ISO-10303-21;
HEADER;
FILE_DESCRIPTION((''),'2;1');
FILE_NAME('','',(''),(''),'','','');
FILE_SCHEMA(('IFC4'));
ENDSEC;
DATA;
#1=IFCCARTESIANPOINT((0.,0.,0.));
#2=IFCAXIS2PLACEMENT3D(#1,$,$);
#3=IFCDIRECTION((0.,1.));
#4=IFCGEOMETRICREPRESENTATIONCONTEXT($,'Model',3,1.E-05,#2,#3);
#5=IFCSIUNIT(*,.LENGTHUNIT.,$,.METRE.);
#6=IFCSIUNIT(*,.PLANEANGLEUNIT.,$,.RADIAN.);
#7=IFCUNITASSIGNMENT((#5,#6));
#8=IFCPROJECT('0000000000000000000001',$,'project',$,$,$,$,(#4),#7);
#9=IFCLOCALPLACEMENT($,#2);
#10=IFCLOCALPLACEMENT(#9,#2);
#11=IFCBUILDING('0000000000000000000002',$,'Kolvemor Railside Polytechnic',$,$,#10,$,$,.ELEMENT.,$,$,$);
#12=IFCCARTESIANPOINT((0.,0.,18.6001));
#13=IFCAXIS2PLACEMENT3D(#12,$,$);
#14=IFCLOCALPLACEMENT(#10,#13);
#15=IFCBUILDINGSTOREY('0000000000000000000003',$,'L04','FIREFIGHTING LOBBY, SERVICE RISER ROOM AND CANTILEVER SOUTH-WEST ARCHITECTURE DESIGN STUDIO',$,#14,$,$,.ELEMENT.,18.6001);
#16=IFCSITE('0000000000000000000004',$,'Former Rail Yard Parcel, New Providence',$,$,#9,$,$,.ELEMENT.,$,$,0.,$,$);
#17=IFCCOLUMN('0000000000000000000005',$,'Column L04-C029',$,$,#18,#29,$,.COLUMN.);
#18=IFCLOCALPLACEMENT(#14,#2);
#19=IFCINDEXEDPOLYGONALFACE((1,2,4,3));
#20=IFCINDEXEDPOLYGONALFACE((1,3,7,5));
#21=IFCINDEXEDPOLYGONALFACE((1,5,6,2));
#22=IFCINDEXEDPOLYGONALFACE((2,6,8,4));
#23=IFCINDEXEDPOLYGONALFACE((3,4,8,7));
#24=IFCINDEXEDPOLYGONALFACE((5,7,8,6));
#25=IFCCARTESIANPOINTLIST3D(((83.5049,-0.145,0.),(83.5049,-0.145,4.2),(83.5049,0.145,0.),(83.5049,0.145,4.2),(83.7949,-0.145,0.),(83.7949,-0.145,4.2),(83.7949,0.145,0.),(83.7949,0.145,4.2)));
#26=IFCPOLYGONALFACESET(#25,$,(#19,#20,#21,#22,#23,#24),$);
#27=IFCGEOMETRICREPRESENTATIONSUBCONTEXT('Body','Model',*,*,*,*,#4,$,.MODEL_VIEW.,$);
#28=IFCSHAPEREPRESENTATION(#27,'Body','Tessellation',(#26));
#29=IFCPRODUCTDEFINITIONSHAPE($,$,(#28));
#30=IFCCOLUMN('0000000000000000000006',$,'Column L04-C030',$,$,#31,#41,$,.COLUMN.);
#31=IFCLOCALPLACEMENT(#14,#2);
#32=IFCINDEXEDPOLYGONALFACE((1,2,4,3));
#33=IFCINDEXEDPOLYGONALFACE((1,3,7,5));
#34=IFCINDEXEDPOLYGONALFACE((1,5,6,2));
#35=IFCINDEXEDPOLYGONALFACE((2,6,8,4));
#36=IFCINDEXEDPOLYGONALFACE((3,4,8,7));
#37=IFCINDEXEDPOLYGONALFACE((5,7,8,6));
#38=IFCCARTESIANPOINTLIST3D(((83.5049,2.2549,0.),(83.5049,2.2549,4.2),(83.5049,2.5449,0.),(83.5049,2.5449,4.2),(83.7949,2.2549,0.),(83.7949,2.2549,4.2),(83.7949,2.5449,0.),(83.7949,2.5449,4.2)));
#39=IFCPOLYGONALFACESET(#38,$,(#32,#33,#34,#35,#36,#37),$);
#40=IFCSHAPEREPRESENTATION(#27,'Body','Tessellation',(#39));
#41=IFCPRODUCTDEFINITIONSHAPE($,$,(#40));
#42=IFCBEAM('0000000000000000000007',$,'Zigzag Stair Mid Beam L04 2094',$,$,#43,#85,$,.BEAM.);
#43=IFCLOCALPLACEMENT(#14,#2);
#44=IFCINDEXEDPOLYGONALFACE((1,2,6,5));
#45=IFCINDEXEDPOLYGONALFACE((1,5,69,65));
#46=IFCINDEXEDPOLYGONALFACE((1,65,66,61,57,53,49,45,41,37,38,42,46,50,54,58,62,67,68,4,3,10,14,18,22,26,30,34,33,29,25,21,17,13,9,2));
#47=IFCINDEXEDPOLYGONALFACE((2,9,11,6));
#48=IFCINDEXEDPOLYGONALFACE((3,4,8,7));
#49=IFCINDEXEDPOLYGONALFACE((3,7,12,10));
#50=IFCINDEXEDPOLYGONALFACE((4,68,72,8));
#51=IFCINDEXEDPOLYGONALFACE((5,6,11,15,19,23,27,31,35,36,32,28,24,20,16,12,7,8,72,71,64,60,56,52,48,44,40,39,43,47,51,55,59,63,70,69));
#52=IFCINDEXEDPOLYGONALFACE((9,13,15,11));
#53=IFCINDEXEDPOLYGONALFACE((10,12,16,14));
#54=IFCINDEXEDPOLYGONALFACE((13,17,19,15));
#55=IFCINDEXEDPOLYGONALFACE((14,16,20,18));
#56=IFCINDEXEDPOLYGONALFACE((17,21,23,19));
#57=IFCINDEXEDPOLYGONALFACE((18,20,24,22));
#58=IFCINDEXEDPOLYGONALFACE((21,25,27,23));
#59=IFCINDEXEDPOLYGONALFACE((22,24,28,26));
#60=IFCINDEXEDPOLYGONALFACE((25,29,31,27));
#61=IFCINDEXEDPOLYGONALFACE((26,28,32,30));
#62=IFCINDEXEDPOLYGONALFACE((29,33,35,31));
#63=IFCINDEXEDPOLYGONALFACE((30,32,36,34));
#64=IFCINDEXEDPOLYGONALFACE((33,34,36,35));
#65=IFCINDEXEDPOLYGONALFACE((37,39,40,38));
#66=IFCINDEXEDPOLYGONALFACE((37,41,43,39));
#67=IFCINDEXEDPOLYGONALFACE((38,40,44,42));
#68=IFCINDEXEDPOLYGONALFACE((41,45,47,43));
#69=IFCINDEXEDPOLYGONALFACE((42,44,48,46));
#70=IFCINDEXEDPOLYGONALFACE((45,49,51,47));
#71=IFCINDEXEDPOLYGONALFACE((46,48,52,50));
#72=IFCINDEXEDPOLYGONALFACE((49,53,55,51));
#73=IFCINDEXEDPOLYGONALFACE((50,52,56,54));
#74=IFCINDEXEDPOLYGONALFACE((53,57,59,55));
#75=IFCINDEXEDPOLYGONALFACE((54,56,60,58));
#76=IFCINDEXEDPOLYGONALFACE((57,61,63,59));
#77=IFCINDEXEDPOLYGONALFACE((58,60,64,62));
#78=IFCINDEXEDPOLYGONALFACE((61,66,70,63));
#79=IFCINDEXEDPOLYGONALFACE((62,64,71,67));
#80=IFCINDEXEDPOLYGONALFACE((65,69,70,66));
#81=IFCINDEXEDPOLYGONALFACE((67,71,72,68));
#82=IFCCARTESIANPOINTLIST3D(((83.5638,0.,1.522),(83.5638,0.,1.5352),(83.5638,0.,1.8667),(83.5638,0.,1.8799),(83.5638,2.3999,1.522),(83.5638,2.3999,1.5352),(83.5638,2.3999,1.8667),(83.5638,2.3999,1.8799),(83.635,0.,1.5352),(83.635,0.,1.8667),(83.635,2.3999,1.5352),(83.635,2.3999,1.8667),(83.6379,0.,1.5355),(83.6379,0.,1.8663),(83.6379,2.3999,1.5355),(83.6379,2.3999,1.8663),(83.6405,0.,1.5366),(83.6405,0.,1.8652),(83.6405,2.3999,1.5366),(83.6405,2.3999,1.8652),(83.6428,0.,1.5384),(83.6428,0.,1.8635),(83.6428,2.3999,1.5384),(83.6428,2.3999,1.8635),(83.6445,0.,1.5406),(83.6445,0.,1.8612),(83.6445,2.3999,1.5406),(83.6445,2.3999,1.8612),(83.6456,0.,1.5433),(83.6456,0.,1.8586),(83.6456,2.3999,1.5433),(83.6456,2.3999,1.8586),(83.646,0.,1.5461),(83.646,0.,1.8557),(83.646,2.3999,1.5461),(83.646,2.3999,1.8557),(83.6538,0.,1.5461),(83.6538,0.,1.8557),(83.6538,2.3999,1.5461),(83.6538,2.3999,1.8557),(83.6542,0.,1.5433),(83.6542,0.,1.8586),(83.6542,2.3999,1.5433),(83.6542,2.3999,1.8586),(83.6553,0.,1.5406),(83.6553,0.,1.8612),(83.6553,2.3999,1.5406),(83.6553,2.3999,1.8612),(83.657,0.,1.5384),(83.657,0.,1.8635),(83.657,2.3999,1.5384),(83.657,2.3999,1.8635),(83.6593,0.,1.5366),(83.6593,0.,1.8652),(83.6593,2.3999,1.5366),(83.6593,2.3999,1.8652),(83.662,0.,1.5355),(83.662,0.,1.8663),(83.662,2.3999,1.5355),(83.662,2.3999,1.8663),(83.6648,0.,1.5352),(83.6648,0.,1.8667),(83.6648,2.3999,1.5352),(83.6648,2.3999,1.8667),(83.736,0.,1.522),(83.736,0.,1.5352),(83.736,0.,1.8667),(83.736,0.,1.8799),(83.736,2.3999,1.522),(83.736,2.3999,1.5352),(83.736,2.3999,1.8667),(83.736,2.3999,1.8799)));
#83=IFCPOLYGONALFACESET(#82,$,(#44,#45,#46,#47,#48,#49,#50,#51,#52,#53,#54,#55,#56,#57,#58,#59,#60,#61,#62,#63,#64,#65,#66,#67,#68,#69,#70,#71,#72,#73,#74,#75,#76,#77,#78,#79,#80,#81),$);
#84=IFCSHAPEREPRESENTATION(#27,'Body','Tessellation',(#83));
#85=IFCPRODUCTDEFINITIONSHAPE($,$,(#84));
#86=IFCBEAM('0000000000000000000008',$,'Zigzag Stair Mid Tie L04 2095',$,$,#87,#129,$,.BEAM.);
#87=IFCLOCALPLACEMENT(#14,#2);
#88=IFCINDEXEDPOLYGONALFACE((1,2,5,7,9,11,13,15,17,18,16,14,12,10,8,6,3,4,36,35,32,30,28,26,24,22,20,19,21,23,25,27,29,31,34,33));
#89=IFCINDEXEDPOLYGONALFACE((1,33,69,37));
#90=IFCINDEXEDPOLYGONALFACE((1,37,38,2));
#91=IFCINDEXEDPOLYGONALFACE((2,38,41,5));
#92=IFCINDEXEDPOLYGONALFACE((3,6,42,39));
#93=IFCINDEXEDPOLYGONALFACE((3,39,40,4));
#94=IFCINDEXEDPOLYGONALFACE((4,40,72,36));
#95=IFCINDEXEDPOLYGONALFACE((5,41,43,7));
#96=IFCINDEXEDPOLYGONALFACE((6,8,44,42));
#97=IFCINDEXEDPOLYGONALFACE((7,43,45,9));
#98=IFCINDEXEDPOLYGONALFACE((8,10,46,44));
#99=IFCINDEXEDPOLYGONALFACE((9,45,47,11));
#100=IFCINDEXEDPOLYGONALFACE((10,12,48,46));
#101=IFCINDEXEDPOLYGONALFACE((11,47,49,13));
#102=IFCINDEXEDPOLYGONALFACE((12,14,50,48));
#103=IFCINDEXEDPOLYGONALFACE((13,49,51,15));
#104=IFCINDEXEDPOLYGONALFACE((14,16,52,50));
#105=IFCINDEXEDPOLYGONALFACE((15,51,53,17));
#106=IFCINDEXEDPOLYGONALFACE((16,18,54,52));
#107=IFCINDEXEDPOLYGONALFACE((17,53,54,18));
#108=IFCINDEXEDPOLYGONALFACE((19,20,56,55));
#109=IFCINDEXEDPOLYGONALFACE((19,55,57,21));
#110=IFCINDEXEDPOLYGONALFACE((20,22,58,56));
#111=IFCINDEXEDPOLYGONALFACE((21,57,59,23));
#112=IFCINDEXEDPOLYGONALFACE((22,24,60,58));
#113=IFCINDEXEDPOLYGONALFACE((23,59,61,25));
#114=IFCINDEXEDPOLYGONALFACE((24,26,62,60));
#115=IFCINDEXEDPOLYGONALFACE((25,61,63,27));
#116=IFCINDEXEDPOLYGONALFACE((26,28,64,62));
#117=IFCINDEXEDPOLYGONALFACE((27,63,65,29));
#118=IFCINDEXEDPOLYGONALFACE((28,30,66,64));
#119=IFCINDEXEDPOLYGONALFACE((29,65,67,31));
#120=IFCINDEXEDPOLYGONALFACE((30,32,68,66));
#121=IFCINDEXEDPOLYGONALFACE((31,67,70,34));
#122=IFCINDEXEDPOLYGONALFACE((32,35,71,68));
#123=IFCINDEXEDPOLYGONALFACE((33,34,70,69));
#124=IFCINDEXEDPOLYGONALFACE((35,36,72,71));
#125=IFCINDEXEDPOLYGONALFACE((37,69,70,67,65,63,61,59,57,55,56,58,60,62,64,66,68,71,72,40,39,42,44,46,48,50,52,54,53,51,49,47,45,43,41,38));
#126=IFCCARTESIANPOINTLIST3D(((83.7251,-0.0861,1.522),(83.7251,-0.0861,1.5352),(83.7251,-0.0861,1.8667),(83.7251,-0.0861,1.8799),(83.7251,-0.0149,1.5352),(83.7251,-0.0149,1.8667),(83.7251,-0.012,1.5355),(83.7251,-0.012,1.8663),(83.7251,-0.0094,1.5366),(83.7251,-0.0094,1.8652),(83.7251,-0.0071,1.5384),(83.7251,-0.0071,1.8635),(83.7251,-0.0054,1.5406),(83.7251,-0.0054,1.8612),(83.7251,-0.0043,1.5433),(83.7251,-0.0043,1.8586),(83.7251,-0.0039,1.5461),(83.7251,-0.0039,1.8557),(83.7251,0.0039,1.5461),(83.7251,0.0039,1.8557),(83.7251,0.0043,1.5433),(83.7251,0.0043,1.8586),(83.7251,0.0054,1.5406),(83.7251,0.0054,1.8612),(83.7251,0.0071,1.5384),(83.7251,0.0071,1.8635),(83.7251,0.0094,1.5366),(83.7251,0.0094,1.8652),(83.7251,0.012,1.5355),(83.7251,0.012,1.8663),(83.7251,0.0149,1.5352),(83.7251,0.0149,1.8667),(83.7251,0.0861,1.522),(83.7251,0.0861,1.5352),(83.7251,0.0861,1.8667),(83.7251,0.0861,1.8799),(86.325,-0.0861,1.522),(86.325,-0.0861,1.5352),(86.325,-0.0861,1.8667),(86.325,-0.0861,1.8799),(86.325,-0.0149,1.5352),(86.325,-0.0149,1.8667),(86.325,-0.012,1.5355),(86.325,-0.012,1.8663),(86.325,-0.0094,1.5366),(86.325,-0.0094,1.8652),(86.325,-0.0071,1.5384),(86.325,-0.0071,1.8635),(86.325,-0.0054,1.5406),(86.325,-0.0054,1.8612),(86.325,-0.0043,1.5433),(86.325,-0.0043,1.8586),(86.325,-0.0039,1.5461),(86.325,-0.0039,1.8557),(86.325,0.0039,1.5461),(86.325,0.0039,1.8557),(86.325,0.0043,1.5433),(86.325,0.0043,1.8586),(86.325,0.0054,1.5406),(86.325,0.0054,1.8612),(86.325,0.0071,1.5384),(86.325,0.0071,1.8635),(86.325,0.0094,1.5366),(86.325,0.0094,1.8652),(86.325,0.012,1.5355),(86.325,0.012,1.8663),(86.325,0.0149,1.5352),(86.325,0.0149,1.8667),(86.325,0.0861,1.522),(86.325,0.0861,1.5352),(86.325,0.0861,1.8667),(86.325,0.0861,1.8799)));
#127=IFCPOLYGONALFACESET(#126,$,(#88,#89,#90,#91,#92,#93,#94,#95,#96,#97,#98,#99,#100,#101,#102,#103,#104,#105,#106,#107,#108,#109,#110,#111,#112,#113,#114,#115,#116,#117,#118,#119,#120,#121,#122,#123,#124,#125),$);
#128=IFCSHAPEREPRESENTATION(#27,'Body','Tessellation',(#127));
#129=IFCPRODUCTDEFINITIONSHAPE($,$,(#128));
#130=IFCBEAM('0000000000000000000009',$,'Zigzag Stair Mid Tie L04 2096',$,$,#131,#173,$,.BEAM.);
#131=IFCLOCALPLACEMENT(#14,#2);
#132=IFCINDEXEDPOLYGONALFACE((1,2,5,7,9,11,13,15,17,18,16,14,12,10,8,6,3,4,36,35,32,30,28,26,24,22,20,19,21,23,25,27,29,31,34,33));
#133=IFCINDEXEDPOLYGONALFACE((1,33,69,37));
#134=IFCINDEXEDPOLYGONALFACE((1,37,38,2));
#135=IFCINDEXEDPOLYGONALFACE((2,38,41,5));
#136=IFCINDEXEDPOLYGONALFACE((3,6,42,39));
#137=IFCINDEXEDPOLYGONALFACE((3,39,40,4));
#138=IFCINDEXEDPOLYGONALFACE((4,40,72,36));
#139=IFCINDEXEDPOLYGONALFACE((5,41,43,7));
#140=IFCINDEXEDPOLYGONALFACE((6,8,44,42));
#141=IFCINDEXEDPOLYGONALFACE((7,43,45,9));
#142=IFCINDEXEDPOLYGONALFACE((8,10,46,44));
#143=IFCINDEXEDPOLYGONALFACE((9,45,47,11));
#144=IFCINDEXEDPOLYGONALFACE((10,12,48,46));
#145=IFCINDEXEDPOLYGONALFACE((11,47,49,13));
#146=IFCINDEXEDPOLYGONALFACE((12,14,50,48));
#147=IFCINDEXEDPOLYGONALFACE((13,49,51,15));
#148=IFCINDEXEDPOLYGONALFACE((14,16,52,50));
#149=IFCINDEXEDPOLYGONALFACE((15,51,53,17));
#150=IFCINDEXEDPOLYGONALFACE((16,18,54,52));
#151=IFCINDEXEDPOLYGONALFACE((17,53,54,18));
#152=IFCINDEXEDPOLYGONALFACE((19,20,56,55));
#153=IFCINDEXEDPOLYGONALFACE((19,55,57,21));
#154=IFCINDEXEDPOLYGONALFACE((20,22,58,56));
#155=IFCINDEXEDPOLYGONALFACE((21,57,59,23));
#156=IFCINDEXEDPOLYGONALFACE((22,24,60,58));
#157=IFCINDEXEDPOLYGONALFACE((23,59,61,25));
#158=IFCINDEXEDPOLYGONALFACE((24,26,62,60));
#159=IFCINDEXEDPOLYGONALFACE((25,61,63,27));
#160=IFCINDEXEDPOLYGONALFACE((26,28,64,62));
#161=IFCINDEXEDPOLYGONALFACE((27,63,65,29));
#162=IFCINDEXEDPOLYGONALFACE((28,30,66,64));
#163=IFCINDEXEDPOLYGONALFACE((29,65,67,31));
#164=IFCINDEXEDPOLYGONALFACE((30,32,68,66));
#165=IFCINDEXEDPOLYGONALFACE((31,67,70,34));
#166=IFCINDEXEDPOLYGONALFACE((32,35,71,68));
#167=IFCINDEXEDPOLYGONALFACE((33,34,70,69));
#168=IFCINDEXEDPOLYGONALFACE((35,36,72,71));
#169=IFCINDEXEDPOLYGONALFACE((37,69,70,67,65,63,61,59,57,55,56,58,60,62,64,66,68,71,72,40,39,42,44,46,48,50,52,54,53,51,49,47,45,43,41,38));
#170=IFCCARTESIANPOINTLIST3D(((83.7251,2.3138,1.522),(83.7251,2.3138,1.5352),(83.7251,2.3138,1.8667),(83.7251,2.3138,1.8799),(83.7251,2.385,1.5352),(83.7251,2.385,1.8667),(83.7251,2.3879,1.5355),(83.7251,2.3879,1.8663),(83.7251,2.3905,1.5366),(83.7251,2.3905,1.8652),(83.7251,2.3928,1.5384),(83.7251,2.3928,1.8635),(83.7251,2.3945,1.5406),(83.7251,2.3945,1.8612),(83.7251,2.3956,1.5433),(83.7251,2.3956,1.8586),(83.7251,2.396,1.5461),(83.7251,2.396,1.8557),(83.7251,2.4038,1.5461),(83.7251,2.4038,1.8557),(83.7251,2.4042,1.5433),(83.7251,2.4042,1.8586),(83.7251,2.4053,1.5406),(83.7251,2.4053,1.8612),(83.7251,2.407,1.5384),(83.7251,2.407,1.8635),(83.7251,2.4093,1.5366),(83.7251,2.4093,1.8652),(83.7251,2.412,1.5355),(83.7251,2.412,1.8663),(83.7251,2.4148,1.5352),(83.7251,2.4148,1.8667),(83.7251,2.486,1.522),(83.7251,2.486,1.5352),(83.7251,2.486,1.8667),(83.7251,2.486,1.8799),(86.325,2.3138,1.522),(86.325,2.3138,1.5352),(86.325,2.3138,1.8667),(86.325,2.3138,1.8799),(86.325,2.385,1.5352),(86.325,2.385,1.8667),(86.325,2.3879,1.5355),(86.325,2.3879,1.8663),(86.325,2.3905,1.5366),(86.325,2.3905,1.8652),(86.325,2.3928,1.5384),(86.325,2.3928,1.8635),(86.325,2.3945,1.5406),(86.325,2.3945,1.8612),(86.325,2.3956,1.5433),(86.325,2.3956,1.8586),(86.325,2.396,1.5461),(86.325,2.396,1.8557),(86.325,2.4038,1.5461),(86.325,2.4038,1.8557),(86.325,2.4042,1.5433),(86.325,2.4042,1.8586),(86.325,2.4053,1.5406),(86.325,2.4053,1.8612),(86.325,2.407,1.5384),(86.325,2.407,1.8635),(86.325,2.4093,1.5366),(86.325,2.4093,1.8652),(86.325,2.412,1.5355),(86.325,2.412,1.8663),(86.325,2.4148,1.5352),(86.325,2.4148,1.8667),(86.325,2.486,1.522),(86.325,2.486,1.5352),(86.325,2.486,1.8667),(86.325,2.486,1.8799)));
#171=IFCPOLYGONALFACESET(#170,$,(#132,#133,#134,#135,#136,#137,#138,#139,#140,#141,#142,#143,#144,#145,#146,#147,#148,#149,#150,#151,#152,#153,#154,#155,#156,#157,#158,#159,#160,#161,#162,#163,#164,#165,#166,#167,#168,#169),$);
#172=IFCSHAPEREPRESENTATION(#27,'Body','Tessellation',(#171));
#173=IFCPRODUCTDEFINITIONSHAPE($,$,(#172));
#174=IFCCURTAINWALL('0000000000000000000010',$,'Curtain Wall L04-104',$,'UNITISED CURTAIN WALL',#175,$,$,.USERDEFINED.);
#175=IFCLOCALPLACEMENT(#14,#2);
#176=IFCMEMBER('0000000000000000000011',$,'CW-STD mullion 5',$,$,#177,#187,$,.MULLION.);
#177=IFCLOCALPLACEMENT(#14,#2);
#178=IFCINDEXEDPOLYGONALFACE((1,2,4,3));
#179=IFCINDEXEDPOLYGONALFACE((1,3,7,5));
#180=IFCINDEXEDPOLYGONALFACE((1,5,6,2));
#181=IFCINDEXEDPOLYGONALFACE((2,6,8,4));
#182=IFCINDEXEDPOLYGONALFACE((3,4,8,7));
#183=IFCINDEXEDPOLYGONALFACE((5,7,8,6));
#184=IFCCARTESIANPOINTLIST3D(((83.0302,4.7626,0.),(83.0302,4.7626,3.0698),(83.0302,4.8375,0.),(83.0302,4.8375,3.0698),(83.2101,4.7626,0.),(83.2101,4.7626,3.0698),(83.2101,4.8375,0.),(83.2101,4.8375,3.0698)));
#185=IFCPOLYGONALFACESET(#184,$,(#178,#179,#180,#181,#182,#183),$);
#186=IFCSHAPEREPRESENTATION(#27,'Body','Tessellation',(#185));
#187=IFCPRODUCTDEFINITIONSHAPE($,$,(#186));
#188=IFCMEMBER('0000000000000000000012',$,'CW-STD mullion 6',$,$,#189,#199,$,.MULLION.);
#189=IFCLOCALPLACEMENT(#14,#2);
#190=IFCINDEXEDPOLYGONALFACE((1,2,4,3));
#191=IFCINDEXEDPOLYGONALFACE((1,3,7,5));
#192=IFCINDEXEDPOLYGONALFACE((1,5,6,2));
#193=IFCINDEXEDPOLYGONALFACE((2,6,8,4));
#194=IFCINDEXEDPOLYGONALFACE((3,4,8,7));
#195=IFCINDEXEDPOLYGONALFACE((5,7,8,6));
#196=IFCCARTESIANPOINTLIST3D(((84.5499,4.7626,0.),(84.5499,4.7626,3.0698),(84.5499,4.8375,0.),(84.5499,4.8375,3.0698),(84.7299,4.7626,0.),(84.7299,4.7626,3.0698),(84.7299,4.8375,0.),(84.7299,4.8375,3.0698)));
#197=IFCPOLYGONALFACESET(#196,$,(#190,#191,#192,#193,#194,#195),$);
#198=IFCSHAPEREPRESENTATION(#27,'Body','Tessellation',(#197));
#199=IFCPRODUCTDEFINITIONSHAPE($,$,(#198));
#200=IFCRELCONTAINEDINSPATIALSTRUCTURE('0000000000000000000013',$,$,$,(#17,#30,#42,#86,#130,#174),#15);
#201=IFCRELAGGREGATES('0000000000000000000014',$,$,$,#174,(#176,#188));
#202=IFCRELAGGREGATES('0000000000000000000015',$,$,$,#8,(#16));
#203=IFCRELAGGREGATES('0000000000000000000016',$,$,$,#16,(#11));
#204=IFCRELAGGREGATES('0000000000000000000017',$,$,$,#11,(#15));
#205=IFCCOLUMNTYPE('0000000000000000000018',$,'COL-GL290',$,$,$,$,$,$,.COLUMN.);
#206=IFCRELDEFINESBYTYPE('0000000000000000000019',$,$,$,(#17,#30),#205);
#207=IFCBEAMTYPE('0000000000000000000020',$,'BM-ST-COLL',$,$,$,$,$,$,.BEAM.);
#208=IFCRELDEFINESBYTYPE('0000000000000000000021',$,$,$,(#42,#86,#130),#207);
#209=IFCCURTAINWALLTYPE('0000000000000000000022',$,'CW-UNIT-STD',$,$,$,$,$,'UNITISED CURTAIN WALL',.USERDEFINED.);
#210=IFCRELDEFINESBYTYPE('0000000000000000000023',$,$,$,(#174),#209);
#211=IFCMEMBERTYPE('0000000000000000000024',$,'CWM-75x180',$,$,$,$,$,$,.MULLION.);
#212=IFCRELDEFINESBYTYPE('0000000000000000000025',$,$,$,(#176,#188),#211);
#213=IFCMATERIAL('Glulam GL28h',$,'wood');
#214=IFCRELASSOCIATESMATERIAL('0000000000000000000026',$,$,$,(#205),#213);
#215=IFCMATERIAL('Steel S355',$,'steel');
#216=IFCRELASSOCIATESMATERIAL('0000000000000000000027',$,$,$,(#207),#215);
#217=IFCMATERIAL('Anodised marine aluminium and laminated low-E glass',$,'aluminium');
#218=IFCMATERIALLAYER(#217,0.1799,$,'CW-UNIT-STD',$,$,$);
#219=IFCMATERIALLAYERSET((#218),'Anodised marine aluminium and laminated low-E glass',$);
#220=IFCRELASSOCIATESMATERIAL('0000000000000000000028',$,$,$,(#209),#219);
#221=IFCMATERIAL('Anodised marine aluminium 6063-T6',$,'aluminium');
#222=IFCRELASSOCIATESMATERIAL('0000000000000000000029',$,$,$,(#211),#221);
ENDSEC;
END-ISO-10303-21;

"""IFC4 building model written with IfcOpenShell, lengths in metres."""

from ifc_helpers import new_model, si_unit, direction, frame, origin, origin_2d, place, context, subcontext, project, spatial, rectangle, i_section, extrude, material, layer, layer_set, material_profile, profile_set, type_object, element, aggregate, save


model = new_model("IFC4")

# Units and contexts
model_context = context("Model", 3, precision=1e-05, world=origin(), true_north=direction((0.0, 1.0)))
body_context = subcontext(model_context, "Body", "Model", "MODEL_VIEW")
ifc_project = project(units=[si_unit("LENGTHUNIT", "METRE"), si_unit("PLANEANGLEUNIT", "RADIAN")], contexts=[model_context])

# Site, building, storey
site_placement = place(None, origin())
site = spatial("IfcSite", under=ifc_project, at=site_placement, Name="Former Rail Yard Parcel, New Providence", CompositionType="ELEMENT", RefElevation=0.0)
building_placement = place(site_placement, origin())
building = spatial("IfcBuilding", under=site, at=building_placement, Name="Kolvemor Railside Polytechnic", CompositionType="ELEMENT")
storey_placement = place(building_placement, frame((0.0, 0.0, 18.6001)))
storey = spatial("IfcBuildingStorey", under=building, at=storey_placement, Name="L04", Description="FIREFIGHTING LOBBY, SERVICE RISER ROOM AND CANTILEVER SOUTH-WEST ARCHITECTURE DESIGN STUDIO", CompositionType="ELEMENT", Elevation=18.6001)

# Columns
ifc_material_1 = material(Name="Glulam GL28h", Category="wood")
ifc_material_profile_1 = material_profile(ifc_material_1, rectangle(XDim=0.29, YDim=0.29, at=origin_2d()), Name="GL290x290")
ifc_profile_set_1 = profile_set([ifc_material_profile_1], Name="Glulam GL28h")
column_type = type_object("IfcColumnType", Name="COL-GL290", PredefinedType="COLUMN", material=ifc_profile_set_1)
for number, where, z_axis, x_axis, name in (
    (1, (83.6499, 0.0, 0.0), (0.0, 0.0, 1.0), (1.0, 0.0, 0.0), "Column L04-C029"),
    (2, (83.6499, 2.3999, 0.0), (0.0, 0.0, 1.0), (1.0, 0.0, 0.0), "Column L04-C030"),
):
    element("IfcColumn", number, at=place(storey_placement, frame(where, z_axis=z_axis, x_axis=x_axis)), inside=storey, type_object=column_type, Name=name, PredefinedType="COLUMN", context=body_context, shape_type="SweptSolid", body=[
        extrude(rectangle(XDim=0.29, YDim=0.29, at=origin_2d()), origin(), (0.0, 0.0, 1.0), 4.2),
    ])

# Beams
ifc_material_2 = material(Name="Steel S355", Category="steel")
ifc_material_profile_2 = material_profile(ifc_material_2, i_section(OverallWidth=0.1721, OverallDepth=0.3579, WebThickness=0.0078, FlangeThickness=0.0132, FilletRadius=0.011, at=origin_2d()), Name="W360x57")
ifc_profile_set_2 = profile_set([ifc_material_profile_2], Name="Steel S355")
beam_type = type_object("IfcBeamType", Name="BM-ST-COLL", PredefinedType="BEAM", material=ifc_profile_set_2)
beam_placement = place(storey_placement, frame((83.6499, 0.0, 1.7009), z_axis=(0.0, 1.0, 0.0), x_axis=(-1.0, 0.0, 0.0)))
element("IfcBeam", 3, at=beam_placement, inside=storey, type_object=beam_type, Name="Zigzag Stair Mid Beam L04 2094", PredefinedType="BEAM", context=body_context, shape_type="SweptSolid", body=[
    extrude(i_section(OverallWidth=0.1721, OverallDepth=0.3579, WebThickness=0.0078, FlangeThickness=0.0132, FilletRadius=0.011, at=origin_2d()), origin(), (0.0, 0.0, 1.0), 2.3999),
])
for number, where, z_axis, x_axis, name in (
    (4, (83.7251, 0.0, 1.7009), (1.0, 0.0, 0.0), (0.0, 1.0, 0.0), "Zigzag Stair Mid Tie L04 2095"),
    (5, (83.7251, 2.3999, 1.7009), (1.0, 0.0, 0.0), (0.0, 1.0, 0.0), "Zigzag Stair Mid Tie L04 2096"),
):
    element("IfcBeam", number, at=place(storey_placement, frame(where, z_axis=z_axis, x_axis=x_axis)), inside=storey, type_object=beam_type, Name=name, PredefinedType="BEAM", context=body_context, shape_type="SweptSolid", body=[
        extrude(i_section(OverallWidth=0.1721, OverallDepth=0.3579, WebThickness=0.0078, FlangeThickness=0.0132, FilletRadius=0.011, at=origin_2d()), origin(), (0.0, 0.0, 1.0), 2.5999),
    ])

# Curtain wall, members
ifc_material_3 = material(Name="Anodised marine aluminium and laminated low-E glass", Category="aluminium")
ifc_layer_1 = layer(ifc_material_3, 0.1799, Name="CW-UNIT-STD")
ifc_layer_set_1 = layer_set([ifc_layer_1], Name="Anodised marine aluminium and laminated low-E glass")
curtain_wall_type = type_object("IfcCurtainWallType", Name="CW-UNIT-STD", ElementType="UNITISED CURTAIN WALL", PredefinedType="USERDEFINED", material=ifc_layer_set_1)
curtain_wall_placement = place(storey_placement, origin())
curtain_wall = element("IfcCurtainWall", 6, at=curtain_wall_placement, inside=storey, type_object=curtain_wall_type, Name="Curtain Wall L04-104", ObjectType="UNITISED CURTAIN WALL", PredefinedType="USERDEFINED")
ifc_material_4 = material(Name="Anodised marine aluminium 6063-T6", Category="aluminium")
ifc_material_profile_3 = material_profile(ifc_material_4, rectangle(XDim=0.075, YDim=0.1799, at=origin_2d()), Name="CW-MUL-75x180")
ifc_profile_set_3 = profile_set([ifc_material_profile_3], Name="Anodised marine aluminium 6063-T6")
member_type_1 = type_object("IfcMemberType", Name="CWM-75x180", PredefinedType="MULLION", material=ifc_profile_set_3)
member_1_placement = place(storey_placement, frame((83.1201, 4.8, 0.0), z_axis=(0.0, 0.0, 1.0), x_axis=(0.0, 1.0, 0.0)))
member_1 = element("IfcMember", 7, at=member_1_placement, type_object=member_type_1, Name="CW-STD mullion 5", PredefinedType="MULLION", context=body_context, shape_type="SweptSolid", body=[
    extrude(rectangle(XDim=0.075, YDim=0.1799, at=origin_2d()), origin(), (0.0, 0.0, 1.0), 3.0698),
])
member_2_placement = place(storey_placement, frame((84.6399, 4.8, 0.0), z_axis=(0.0, 0.0, 1.0), x_axis=(0.0, 1.0, 0.0)))
member_2 = element("IfcMember", 8, at=member_2_placement, type_object=member_type_1, Name="CW-STD mullion 6", PredefinedType="MULLION", context=body_context, shape_type="SweptSolid", body=[
    extrude(rectangle(XDim=0.075, YDim=0.1799, at=origin_2d()), origin(), (0.0, 0.0, 1.0), 3.0698),
])
aggregate(curtain_wall, [member_1, member_2])

save(model, "model.ifc")
